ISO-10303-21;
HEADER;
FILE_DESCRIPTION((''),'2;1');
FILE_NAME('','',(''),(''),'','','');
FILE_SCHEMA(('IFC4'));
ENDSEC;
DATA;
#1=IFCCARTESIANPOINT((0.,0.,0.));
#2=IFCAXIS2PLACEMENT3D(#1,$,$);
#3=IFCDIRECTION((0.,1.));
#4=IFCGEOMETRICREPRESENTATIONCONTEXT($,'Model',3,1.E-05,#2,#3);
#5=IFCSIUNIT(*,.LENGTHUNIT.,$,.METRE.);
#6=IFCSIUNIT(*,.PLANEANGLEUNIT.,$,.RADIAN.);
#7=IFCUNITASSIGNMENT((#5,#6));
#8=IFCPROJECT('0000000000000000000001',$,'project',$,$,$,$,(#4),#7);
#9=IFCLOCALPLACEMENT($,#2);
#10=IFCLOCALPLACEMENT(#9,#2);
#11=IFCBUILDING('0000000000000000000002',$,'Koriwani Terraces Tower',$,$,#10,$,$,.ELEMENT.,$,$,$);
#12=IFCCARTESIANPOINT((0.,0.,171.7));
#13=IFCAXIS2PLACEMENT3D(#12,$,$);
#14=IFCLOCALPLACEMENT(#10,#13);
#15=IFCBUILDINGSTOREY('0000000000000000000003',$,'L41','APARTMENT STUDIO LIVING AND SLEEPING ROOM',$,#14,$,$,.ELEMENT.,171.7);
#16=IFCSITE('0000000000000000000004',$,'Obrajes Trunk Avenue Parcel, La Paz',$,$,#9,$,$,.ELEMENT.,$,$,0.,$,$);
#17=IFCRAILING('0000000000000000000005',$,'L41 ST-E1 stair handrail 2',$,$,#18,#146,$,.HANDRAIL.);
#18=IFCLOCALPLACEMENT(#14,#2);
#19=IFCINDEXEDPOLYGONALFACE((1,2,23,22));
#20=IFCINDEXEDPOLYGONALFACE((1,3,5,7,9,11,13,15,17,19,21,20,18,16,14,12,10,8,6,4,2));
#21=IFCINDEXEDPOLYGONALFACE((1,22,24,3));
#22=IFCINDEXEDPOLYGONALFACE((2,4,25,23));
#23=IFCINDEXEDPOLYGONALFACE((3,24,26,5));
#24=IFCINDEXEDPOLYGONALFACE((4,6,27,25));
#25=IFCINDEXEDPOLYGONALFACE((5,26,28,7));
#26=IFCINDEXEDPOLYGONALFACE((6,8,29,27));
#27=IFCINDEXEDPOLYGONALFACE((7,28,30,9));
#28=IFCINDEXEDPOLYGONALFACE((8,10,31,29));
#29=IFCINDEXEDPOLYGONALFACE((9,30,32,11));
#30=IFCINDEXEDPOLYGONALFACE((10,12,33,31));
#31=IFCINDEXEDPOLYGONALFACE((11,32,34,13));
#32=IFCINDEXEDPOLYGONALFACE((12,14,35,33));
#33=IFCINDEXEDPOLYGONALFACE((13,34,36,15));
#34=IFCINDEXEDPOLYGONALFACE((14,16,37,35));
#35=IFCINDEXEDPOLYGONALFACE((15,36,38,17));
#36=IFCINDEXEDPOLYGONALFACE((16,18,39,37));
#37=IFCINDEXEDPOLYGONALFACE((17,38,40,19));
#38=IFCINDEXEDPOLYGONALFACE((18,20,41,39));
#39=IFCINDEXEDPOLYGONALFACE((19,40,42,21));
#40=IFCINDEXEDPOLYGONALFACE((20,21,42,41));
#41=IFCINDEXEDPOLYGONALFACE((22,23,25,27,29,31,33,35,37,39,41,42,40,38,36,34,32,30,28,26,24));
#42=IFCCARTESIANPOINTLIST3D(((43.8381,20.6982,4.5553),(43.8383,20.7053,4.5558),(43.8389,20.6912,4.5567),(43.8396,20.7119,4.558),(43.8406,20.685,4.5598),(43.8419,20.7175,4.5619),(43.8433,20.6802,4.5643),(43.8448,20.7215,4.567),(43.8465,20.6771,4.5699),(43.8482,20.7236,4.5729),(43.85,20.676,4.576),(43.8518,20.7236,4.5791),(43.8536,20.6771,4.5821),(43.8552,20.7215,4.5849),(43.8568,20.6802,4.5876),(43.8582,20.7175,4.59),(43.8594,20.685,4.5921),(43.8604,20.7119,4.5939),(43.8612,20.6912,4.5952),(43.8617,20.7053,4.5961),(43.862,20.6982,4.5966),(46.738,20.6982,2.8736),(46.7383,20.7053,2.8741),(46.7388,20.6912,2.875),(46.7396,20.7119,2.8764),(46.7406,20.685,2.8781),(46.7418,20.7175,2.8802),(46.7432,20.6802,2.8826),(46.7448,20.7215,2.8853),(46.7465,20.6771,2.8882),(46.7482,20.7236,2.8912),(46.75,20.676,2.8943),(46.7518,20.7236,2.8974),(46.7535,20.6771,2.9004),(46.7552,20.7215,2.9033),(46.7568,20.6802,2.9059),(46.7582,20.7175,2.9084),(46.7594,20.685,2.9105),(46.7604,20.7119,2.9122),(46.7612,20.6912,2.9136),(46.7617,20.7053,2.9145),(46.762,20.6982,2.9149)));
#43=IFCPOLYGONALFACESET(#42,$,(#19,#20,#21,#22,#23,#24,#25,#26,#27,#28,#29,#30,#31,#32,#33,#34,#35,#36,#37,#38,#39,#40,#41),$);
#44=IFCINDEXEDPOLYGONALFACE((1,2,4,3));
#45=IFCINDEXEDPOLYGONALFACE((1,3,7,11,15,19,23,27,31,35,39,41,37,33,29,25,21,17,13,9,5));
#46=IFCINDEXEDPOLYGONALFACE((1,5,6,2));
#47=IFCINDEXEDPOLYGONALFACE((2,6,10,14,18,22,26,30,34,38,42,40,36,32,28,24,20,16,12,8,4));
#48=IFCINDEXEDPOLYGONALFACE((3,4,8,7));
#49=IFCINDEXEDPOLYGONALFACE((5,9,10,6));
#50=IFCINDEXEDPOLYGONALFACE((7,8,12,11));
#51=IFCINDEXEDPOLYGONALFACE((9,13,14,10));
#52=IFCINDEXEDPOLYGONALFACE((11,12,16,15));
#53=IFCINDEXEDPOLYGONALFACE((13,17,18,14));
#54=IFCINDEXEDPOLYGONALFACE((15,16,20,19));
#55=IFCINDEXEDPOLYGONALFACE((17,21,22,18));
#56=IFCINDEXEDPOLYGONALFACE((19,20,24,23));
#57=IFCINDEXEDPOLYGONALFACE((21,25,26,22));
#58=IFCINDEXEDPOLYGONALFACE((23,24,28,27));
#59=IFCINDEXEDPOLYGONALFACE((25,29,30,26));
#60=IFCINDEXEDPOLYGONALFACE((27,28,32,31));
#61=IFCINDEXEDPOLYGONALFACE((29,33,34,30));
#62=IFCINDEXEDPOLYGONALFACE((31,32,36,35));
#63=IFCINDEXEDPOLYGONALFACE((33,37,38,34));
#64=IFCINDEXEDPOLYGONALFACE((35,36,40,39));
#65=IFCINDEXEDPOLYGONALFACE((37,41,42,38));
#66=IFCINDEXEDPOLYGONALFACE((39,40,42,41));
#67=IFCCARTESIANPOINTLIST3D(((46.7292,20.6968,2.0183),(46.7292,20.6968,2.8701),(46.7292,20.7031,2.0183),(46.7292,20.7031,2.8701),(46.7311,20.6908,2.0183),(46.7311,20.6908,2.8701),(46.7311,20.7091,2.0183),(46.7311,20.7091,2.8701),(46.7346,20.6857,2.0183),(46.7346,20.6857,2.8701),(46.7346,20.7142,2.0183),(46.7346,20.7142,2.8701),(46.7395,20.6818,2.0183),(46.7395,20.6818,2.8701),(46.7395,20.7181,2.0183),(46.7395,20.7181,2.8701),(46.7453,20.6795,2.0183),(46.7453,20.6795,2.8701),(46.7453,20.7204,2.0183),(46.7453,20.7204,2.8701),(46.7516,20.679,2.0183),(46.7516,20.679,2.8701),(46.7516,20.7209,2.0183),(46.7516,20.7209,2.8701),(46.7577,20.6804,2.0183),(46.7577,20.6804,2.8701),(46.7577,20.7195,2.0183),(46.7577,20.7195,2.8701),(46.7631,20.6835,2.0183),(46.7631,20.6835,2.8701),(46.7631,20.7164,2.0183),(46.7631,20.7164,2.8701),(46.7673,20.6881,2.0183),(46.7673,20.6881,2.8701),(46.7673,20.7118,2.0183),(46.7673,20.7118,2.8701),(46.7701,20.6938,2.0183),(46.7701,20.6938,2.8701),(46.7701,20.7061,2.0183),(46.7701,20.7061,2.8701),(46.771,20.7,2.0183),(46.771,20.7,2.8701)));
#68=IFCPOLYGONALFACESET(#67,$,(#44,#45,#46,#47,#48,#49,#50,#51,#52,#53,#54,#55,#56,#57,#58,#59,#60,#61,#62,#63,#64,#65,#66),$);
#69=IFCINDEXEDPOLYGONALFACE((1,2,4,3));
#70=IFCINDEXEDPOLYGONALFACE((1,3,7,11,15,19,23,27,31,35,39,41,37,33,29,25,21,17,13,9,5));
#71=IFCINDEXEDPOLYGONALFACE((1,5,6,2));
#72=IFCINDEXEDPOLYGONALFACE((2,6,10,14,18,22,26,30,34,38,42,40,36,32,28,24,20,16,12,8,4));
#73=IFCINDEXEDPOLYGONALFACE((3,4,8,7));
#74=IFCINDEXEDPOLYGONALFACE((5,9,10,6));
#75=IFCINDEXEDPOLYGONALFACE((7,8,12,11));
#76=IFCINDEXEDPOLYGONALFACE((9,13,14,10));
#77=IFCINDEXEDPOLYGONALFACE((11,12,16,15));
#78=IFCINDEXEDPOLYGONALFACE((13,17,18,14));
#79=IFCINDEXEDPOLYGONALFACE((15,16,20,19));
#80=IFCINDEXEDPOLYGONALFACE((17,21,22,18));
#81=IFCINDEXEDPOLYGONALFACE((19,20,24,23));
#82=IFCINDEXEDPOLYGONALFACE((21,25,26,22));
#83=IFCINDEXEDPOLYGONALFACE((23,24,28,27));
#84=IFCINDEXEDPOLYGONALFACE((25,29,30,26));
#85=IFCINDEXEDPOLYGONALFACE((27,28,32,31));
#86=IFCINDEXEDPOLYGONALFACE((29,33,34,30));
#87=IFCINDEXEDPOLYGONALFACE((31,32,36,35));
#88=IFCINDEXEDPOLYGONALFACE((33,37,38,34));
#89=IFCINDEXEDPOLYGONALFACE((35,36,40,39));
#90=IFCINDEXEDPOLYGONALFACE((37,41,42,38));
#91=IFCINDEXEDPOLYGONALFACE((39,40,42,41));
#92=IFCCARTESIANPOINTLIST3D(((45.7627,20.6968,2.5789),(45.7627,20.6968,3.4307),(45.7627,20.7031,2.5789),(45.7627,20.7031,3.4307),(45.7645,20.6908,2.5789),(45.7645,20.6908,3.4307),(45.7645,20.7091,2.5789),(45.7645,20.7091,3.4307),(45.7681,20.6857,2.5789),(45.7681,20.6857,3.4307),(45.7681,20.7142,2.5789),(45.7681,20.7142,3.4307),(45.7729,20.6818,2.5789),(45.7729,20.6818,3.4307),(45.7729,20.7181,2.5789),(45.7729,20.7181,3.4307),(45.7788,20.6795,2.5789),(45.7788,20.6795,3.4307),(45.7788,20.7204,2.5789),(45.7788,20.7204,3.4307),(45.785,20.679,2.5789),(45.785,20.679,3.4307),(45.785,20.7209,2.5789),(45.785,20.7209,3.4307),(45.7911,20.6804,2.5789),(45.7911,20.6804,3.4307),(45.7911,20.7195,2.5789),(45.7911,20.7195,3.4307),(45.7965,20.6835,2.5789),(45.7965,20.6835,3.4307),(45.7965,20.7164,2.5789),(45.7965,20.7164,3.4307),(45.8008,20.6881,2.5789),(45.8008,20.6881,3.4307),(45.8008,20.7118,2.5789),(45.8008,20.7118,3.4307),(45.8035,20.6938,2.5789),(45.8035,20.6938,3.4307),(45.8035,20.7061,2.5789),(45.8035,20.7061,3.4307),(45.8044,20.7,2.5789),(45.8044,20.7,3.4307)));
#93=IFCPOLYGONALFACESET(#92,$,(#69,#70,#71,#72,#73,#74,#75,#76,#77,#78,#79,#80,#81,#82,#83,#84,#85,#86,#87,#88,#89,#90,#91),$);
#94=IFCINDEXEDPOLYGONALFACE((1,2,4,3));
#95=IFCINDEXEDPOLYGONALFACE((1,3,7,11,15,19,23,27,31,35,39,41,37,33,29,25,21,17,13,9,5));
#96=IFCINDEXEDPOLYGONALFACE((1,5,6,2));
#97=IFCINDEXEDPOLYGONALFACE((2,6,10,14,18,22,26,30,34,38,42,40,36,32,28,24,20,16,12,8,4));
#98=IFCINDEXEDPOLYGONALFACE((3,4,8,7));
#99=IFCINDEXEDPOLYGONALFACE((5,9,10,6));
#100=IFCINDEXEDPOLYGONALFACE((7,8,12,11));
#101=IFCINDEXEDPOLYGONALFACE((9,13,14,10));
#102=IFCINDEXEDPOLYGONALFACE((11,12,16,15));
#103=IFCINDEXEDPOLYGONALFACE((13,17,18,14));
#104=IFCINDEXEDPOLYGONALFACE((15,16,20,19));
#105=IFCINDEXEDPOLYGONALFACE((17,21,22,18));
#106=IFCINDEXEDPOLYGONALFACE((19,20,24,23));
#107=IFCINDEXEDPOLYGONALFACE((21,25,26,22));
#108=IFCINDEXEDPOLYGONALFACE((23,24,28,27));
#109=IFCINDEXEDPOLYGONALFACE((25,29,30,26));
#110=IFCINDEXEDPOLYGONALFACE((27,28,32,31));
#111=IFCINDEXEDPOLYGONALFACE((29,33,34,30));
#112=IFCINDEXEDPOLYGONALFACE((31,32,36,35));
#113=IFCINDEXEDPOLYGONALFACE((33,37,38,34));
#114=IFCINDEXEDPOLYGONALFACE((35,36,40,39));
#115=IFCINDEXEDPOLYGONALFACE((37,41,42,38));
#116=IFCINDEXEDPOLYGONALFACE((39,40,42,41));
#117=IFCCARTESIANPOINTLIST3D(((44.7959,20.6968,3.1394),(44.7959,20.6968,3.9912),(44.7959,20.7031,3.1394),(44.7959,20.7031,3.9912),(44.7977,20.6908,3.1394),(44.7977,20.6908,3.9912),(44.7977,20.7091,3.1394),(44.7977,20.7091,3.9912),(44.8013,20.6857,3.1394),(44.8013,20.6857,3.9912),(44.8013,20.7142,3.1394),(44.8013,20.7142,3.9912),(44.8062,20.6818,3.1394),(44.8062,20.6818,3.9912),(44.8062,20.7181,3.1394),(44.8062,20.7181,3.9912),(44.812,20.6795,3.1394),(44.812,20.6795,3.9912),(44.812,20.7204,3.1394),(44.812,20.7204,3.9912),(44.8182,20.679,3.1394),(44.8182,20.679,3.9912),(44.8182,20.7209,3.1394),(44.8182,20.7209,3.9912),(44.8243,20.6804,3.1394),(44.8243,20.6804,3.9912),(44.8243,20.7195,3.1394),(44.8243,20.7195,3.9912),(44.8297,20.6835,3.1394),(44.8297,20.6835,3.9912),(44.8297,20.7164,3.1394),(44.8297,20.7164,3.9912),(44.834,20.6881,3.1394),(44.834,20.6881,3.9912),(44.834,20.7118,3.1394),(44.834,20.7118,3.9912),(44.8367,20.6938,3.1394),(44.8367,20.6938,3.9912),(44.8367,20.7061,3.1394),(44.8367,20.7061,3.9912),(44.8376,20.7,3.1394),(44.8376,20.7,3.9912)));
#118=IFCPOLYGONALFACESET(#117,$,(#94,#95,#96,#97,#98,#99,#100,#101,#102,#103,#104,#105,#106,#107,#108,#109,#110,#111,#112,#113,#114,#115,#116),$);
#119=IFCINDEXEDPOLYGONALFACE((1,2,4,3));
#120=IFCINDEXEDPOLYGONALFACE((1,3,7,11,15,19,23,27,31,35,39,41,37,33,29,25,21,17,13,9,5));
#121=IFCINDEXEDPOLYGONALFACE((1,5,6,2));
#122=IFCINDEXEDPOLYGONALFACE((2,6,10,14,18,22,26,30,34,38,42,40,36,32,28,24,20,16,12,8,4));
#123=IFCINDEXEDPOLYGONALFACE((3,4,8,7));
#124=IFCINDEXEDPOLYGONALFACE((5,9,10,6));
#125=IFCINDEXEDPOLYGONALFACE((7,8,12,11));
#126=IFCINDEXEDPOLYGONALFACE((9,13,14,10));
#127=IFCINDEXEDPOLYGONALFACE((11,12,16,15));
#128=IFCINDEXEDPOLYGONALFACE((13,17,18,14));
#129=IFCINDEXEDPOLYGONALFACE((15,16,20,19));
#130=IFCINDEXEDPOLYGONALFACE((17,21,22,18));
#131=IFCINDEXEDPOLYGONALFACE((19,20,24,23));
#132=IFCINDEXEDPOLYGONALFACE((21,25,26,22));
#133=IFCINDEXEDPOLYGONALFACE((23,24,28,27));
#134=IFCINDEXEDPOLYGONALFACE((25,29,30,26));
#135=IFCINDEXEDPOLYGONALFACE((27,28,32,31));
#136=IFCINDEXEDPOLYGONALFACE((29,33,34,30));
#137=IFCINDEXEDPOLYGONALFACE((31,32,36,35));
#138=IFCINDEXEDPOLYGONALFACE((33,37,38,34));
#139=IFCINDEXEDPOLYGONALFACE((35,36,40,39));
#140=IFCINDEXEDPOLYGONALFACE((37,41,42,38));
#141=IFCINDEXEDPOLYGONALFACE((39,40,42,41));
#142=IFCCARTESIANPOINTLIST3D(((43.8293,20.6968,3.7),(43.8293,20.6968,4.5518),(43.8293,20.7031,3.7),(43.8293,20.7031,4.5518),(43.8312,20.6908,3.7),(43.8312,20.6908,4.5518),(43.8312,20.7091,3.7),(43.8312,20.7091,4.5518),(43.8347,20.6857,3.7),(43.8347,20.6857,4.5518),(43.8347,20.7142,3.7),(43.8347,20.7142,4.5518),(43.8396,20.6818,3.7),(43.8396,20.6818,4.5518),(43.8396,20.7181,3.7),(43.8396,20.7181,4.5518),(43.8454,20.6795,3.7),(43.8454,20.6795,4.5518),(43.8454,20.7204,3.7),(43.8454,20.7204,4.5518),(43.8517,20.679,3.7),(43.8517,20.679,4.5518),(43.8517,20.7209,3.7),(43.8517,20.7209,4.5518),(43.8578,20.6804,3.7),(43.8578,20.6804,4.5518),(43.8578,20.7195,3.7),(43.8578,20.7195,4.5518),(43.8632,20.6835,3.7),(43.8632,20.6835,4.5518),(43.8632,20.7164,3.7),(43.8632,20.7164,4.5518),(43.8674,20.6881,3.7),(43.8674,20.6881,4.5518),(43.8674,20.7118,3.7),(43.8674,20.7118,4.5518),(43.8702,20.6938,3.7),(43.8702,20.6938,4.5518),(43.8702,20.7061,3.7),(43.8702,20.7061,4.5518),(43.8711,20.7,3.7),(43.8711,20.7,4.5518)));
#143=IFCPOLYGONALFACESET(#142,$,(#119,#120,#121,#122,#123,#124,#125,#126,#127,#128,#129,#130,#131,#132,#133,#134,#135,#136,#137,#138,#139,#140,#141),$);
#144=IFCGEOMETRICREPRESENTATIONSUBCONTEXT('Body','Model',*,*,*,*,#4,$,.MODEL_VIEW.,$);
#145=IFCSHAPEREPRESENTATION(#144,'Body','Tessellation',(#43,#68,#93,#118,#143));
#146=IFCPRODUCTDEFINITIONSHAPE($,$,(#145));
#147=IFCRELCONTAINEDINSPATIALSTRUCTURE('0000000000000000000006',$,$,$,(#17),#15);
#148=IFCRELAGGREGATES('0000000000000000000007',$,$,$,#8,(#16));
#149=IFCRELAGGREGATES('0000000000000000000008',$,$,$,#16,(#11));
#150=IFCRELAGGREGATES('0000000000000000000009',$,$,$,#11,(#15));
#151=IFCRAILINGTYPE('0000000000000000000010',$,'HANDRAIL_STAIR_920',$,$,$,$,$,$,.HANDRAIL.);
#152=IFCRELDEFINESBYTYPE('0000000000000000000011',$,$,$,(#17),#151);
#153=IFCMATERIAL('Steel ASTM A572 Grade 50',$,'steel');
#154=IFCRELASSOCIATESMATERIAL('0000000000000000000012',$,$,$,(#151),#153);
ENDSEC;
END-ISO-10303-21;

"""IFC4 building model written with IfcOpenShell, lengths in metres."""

from ifc_helpers import new_model, si_unit, direction, frame, origin, origin_2d, place, context, subcontext, project, spatial, circle, extrude, material, type_object, element, save


model = new_model("IFC4")

# Units and contexts
model_context = context("Model", 3, precision=1e-05, world=origin(), true_north=direction((0.0, 1.0)))
body_context = subcontext(model_context, "Body", "Model", "MODEL_VIEW")
ifc_project = project(units=[si_unit("LENGTHUNIT", "METRE"), si_unit("PLANEANGLEUNIT", "RADIAN")], contexts=[model_context])

# Site, building, storey
site_placement = place(None, origin())
site = spatial("IfcSite", under=ifc_project, at=site_placement, Name="Obrajes Trunk Avenue Parcel, La Paz", CompositionType="ELEMENT", RefElevation=0.0)
building_placement = place(site_placement, origin())
building = spatial("IfcBuilding", under=site, at=building_placement, Name="Koriwani Terraces Tower", CompositionType="ELEMENT")
storey_placement = place(building_placement, frame((0.0, 0.0, 171.7)))
storey = spatial("IfcBuildingStorey", under=building, at=storey_placement, Name="L41", Description="APARTMENT STUDIO LIVING AND SLEEPING ROOM", CompositionType="ELEMENT", Elevation=171.7)

# Shared definitions
ifc_material_1 = material(Name="Steel ASTM A572 Grade 50", Category="steel")

# Railing
railing_type = type_object("IfcRailingType", Name="HANDRAIL_STAIR_920", PredefinedType="HANDRAIL", material=ifc_material_1)
railing_placement = place(storey_placement, frame((46.75, 20.7, 2.0183)))
element("IfcRailing", 1, at=railing_placement, inside=storey, type_object=railing_type, Name="L41 ST-E1 stair handrail 2", PredefinedType="HANDRAIL", context=body_context, shape_type="SweptSolid", body=[
    extrude(circle(Radius=0.0239, at=origin_2d()), frame((0.0, 0.0, 0.876), z_axis=(-0.86507, 0.0, 0.501651), x_axis=(0.0, -1.0, 0.0)), (0.0, 0.0, 1.0), 3.3523),
    extrude(circle(Radius=0.021, at=origin_2d()), origin(), (0.0, 0.0, 1.0), 0.8518),
    extrude(circle(Radius=0.021, at=origin_2d()), frame((-0.9666, 0.0, 0.5605)), (0.0, 0.0, 1.0), 0.8518),
    extrude(circle(Radius=0.021, at=origin_2d()), frame((-1.9333, 0.0, 1.1211)), (0.0, 0.0, 1.0), 0.8518),
    extrude(circle(Radius=0.021, at=origin_2d()), frame((-2.8999, 0.0, 1.6816)), (0.0, 0.0, 1.0), 0.8518),
])

save(model, "model.ifc")
